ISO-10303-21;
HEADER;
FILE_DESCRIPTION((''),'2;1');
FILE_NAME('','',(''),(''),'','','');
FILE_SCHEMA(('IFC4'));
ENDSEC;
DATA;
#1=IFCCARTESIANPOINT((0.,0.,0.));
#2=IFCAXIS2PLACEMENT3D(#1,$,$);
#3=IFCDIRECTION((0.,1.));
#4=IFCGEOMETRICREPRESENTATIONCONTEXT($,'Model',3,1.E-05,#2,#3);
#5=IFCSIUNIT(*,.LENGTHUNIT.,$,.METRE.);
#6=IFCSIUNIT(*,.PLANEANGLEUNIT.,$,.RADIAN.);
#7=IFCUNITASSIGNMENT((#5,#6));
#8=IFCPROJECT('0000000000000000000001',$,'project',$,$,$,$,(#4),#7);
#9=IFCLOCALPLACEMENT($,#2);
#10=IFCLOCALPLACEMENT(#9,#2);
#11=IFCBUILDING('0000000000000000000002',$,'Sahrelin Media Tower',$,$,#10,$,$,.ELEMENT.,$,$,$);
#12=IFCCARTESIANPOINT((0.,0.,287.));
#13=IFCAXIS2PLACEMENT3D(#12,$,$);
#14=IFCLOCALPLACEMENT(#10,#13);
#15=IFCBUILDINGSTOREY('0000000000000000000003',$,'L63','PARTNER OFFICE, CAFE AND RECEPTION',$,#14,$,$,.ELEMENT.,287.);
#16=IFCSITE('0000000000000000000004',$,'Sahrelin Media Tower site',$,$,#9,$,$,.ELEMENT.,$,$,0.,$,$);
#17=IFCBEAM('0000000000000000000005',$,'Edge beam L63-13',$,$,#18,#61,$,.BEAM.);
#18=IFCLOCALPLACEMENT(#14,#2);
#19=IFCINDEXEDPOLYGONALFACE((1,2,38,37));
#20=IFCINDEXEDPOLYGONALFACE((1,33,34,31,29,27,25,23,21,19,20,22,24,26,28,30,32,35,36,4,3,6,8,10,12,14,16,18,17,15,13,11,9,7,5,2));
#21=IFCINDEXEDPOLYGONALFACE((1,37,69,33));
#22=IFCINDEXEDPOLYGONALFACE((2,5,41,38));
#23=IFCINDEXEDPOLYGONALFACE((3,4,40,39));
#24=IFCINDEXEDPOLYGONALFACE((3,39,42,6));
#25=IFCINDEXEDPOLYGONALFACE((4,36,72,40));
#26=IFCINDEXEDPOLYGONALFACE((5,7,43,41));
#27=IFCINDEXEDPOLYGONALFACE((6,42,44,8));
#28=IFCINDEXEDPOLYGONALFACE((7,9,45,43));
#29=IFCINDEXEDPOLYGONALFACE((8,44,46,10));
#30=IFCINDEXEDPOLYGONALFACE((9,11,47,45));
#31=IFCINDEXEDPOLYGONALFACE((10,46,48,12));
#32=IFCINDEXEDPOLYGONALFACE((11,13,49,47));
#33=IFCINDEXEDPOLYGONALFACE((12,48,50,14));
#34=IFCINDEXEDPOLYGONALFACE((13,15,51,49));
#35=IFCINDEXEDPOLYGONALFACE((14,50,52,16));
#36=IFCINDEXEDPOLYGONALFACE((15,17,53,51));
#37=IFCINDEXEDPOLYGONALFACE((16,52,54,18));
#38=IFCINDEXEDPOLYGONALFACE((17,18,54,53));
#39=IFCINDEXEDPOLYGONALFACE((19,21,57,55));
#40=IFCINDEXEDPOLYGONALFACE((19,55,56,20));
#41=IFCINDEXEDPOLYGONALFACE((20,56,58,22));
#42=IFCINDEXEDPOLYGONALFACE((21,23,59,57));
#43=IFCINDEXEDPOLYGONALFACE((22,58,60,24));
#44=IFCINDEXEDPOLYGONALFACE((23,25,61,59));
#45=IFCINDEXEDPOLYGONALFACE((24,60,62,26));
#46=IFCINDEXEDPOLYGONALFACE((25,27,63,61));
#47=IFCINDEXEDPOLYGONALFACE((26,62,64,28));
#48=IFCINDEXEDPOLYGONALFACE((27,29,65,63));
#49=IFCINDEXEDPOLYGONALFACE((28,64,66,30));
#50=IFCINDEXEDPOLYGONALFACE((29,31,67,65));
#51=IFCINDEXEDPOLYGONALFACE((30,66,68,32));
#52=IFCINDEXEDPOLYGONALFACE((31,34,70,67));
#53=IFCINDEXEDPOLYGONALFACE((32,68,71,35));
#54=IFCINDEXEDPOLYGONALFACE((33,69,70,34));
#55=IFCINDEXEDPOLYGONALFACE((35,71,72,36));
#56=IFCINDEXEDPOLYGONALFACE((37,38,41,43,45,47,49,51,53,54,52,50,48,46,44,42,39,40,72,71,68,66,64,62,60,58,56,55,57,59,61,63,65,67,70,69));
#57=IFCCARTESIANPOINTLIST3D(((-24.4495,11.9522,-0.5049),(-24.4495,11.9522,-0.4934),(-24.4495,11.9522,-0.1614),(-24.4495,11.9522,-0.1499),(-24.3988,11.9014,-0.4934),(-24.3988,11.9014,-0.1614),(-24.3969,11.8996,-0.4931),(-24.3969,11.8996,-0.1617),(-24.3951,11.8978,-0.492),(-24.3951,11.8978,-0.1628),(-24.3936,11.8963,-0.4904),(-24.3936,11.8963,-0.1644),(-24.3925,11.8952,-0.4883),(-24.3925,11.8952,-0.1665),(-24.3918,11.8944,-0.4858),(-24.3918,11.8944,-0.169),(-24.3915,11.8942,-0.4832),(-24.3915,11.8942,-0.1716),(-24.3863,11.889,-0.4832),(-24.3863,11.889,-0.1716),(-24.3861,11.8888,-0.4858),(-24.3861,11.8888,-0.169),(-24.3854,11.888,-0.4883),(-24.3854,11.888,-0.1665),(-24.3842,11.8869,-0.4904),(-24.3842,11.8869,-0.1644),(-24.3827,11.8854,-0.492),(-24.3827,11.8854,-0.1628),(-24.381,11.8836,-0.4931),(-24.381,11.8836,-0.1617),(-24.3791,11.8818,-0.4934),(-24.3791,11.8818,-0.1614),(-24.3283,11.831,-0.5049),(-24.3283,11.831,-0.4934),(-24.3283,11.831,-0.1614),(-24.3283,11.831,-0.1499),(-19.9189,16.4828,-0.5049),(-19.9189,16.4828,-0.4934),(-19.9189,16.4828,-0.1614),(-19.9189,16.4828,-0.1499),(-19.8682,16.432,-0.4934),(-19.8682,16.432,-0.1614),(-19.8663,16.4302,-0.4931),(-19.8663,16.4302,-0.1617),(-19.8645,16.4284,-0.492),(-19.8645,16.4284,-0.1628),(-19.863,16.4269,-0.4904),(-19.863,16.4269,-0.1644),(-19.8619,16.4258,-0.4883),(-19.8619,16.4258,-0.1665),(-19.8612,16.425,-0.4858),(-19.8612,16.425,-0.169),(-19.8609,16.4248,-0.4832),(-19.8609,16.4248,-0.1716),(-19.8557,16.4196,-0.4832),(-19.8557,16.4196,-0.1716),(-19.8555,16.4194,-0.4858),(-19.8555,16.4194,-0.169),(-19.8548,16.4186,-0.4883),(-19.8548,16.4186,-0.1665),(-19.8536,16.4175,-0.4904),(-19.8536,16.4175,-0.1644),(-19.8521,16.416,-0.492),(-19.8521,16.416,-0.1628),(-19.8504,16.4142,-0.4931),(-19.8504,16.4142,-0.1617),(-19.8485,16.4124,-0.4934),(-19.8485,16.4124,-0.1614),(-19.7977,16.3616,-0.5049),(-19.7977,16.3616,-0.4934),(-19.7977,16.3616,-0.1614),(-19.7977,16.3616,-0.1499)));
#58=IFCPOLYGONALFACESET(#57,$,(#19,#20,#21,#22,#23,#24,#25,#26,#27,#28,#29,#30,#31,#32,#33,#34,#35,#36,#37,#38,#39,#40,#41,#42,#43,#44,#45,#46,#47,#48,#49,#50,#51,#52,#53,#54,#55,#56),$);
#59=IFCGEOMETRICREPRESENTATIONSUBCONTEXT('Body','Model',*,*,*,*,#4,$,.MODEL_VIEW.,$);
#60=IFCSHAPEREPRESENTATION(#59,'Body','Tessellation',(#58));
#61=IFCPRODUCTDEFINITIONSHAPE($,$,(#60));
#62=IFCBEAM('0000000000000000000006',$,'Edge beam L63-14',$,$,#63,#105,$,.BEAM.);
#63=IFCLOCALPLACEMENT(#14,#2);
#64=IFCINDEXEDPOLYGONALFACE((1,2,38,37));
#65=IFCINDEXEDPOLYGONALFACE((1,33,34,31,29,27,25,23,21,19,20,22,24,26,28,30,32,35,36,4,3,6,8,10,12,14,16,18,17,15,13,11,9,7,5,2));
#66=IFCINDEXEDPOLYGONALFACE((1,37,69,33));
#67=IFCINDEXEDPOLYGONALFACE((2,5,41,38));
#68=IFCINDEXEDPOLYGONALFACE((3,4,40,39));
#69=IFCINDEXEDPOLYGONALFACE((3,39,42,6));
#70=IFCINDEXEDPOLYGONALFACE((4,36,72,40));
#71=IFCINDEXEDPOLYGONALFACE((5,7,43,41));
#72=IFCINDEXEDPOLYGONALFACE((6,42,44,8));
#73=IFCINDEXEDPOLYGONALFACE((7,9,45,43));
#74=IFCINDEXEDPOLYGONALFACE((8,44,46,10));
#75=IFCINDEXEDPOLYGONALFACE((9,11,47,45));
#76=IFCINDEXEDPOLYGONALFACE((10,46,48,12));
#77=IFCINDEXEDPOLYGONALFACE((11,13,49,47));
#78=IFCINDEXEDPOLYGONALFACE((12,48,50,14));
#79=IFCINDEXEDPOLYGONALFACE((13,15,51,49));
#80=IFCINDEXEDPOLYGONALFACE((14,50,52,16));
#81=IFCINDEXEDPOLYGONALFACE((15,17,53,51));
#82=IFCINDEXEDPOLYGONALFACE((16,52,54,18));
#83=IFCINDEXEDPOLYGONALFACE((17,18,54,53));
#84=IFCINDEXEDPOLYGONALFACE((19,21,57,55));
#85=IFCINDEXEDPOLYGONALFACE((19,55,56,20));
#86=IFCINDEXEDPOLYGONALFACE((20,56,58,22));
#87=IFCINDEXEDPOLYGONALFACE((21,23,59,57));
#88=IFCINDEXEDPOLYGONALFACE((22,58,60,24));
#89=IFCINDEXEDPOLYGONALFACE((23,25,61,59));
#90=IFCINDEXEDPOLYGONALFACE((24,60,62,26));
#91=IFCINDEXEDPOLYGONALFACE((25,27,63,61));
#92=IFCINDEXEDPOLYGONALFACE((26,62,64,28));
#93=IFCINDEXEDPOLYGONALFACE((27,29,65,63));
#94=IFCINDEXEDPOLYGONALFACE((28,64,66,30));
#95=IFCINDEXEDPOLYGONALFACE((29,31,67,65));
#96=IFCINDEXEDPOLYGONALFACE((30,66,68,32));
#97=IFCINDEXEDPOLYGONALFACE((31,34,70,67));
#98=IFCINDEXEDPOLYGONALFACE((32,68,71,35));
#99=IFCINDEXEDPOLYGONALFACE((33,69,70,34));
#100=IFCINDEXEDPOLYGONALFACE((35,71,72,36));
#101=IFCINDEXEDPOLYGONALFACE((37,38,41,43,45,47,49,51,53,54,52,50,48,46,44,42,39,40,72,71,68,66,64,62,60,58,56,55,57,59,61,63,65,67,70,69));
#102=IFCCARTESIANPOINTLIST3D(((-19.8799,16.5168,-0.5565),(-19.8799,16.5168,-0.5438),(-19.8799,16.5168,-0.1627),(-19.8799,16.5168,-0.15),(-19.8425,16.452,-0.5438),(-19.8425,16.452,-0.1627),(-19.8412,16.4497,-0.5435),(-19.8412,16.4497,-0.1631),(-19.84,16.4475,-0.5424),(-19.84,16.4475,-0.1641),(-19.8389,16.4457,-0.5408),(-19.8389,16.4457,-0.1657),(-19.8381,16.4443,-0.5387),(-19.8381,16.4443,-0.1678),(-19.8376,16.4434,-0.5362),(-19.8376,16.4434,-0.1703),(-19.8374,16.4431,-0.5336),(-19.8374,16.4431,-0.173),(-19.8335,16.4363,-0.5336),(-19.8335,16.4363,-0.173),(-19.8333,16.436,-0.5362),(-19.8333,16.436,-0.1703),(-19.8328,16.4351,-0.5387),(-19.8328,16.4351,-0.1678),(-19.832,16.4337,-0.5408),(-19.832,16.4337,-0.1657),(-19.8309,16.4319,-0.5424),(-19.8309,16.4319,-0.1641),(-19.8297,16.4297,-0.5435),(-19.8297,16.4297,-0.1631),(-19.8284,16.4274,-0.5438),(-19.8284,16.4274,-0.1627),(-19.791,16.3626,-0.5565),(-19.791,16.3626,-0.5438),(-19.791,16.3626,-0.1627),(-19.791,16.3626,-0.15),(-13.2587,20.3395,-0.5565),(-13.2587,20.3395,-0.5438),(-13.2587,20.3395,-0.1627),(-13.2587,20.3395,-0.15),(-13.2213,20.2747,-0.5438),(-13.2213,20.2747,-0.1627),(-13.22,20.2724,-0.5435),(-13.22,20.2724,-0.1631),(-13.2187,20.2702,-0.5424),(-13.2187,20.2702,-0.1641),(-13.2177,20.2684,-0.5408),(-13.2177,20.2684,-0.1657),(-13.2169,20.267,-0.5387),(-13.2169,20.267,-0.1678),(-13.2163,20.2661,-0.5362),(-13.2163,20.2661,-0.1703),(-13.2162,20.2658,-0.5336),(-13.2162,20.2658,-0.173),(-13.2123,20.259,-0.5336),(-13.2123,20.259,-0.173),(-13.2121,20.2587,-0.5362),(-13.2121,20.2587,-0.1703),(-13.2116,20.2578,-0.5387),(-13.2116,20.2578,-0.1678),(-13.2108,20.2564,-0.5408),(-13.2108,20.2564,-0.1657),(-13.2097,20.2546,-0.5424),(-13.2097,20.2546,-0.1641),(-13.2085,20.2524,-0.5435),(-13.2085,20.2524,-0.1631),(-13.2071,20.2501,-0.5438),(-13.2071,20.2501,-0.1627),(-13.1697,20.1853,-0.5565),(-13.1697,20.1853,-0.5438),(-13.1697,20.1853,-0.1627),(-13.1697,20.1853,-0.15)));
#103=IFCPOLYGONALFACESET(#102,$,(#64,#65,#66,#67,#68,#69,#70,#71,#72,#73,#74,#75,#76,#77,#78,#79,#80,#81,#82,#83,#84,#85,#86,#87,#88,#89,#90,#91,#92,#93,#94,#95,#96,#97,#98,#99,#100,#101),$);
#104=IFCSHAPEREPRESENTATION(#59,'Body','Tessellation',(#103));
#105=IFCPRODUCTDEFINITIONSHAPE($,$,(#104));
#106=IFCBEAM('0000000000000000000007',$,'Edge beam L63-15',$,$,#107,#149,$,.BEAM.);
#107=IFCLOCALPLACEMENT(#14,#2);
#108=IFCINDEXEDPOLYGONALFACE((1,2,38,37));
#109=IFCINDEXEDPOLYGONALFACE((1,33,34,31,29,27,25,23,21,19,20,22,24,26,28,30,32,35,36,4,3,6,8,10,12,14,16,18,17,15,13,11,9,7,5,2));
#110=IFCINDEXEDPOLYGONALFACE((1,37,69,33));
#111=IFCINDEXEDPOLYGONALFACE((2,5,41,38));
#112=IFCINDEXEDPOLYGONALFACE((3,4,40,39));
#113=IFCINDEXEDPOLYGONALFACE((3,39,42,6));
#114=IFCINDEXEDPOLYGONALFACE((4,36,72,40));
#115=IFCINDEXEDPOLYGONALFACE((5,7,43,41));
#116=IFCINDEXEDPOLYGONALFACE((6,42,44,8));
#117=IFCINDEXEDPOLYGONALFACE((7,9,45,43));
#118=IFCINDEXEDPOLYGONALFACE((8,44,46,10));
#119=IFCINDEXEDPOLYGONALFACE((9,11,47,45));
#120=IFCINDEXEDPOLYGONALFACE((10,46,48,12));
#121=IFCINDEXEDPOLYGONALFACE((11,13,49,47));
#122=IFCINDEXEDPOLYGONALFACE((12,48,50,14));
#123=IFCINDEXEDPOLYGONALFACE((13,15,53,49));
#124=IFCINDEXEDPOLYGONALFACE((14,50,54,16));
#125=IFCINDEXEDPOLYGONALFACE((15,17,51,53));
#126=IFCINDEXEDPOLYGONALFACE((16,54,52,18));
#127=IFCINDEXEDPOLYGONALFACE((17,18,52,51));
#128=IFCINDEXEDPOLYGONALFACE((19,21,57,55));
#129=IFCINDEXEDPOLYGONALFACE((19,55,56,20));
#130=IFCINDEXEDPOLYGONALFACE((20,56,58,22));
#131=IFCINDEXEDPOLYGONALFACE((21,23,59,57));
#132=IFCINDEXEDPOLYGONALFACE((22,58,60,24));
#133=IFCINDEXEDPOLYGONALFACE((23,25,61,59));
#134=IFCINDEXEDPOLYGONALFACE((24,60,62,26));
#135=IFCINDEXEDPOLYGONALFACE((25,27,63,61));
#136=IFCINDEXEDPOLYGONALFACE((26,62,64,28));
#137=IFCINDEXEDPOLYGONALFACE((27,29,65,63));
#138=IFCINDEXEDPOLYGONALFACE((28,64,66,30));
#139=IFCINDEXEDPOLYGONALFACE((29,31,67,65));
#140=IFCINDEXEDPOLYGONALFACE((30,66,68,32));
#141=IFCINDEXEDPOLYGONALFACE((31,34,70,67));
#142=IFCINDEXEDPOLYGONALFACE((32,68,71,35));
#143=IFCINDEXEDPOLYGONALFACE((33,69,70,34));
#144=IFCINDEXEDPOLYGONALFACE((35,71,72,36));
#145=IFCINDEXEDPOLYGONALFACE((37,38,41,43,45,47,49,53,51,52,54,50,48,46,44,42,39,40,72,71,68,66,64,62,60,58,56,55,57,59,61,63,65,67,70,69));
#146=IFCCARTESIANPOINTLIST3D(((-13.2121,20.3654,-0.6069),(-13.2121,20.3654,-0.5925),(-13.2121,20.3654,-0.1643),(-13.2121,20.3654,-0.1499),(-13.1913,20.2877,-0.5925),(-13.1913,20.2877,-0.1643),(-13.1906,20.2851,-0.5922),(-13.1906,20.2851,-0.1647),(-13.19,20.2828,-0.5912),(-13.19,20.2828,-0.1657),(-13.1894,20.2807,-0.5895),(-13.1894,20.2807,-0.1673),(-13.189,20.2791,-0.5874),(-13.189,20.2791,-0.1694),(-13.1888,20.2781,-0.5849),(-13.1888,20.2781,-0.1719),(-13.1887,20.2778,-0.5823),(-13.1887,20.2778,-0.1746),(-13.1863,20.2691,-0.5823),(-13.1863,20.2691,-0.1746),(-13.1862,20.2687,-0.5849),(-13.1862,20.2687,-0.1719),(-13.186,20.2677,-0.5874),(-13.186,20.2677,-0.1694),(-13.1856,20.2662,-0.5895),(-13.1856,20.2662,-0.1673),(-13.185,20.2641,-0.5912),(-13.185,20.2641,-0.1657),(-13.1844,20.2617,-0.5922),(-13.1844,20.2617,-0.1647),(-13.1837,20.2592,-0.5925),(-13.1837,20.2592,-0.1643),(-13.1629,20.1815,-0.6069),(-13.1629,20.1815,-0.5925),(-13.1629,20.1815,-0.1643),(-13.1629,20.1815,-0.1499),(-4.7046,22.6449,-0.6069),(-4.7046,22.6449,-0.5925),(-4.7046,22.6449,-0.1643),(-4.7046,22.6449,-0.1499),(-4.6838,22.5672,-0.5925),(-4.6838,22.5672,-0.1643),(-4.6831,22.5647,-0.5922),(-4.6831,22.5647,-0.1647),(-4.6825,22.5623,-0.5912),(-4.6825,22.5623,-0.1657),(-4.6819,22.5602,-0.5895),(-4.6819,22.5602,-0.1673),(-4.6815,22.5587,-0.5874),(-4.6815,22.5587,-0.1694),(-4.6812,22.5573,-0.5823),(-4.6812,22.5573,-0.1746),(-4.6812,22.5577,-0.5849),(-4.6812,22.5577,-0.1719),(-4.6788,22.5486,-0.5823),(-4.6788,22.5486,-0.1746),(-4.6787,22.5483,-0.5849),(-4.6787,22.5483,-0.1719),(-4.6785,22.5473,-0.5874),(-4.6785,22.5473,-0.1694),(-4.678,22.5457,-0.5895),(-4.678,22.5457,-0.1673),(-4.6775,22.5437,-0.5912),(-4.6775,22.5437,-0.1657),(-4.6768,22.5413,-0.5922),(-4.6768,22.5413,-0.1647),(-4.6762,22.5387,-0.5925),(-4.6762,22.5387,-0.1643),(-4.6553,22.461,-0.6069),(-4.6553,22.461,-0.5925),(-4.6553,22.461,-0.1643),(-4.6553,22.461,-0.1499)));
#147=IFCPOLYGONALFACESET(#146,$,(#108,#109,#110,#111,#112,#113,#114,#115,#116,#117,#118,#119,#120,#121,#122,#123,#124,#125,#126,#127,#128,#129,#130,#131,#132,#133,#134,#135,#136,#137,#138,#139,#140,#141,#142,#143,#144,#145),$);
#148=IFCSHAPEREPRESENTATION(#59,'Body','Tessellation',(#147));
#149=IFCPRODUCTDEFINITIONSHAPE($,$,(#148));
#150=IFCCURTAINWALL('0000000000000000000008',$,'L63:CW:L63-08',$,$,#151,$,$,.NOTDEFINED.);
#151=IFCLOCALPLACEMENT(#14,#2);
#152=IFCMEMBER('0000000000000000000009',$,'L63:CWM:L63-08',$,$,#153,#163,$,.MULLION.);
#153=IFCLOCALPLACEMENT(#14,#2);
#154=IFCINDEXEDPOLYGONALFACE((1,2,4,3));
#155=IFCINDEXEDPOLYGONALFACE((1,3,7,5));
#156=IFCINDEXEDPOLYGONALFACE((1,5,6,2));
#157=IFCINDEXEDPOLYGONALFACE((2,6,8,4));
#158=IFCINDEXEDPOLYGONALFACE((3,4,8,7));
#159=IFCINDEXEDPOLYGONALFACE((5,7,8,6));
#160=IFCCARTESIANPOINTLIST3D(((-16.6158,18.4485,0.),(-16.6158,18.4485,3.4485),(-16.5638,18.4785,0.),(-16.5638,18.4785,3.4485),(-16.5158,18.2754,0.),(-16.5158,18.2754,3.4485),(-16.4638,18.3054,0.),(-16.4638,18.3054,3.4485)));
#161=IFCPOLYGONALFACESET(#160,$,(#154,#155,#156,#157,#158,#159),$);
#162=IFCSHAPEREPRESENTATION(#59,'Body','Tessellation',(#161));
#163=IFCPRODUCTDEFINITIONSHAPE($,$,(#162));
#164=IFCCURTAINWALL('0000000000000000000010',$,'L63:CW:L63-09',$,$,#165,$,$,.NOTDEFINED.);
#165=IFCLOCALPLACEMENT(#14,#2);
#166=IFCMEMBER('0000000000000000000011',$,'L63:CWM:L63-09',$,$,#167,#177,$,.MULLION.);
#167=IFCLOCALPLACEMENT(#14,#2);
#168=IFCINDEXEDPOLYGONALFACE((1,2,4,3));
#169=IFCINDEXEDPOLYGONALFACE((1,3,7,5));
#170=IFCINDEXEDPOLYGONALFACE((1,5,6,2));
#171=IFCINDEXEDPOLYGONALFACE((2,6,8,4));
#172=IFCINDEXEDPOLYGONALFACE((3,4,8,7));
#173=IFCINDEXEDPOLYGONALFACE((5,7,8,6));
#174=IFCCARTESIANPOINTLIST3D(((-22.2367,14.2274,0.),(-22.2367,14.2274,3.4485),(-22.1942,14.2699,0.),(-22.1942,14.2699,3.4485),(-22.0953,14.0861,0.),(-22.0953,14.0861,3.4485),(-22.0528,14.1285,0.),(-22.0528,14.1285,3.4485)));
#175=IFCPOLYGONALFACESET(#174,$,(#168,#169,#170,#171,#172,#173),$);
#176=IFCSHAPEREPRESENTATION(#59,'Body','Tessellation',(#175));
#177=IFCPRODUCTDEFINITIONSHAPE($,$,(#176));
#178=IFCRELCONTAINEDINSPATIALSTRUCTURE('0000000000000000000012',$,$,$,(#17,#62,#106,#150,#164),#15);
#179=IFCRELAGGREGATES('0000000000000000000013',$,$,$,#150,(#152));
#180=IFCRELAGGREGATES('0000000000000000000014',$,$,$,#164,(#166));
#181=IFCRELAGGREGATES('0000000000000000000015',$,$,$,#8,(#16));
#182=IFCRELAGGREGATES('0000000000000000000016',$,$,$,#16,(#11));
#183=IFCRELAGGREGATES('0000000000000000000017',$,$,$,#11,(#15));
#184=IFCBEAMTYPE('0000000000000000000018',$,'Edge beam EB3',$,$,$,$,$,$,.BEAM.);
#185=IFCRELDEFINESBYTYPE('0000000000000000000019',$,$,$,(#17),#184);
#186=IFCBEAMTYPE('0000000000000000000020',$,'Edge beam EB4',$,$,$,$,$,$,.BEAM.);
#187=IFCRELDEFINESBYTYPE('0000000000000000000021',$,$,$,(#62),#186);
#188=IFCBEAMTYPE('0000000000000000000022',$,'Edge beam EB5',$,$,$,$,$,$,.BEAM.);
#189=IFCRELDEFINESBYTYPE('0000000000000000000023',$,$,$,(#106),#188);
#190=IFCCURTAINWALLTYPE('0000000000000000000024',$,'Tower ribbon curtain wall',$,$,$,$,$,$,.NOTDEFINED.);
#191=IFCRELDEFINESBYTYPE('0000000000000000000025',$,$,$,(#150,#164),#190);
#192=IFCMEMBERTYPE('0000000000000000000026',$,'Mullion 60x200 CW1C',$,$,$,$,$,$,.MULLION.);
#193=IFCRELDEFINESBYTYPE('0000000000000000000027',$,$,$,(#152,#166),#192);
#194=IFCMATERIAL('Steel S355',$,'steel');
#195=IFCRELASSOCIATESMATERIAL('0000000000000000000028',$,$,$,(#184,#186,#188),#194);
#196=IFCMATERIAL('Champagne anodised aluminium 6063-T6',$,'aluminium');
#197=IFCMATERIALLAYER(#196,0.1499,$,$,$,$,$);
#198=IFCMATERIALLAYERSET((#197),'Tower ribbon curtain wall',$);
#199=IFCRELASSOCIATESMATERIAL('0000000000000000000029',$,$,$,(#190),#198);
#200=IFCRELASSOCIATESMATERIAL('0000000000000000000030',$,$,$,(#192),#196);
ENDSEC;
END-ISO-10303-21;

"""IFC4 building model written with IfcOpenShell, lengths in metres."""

from ifc_helpers import new_model, si_unit, direction, frame, origin, origin_2d, place, context, subcontext, project, spatial, rectangle, i_section, extrude, material, layer, layer_set, material_profile, profile_set, type_object, element, aggregate, save


model = new_model("IFC4")

# Units and contexts
model_context = context("Model", 3, precision=1e-05, world=origin(), true_north=direction((0.0, 1.0)))
body_context = subcontext(model_context, "Body", "Model", "MODEL_VIEW")
ifc_project = project(units=[si_unit("LENGTHUNIT", "METRE"), si_unit("PLANEANGLEUNIT", "RADIAN")], contexts=[model_context])

# Site, building, storey
site_placement = place(None, origin())
site = spatial("IfcSite", under=ifc_project, at=site_placement, Name="Sahrelin Media Tower site", CompositionType="ELEMENT", RefElevation=0.0)
building_placement = place(site_placement, origin())
building = spatial("IfcBuilding", under=site, at=building_placement, Name="Sahrelin Media Tower", CompositionType="ELEMENT")
storey_placement = place(building_placement, frame((0.0, 0.0, 287.0)))
storey = spatial("IfcBuildingStorey", under=building, at=storey_placement, Name="L63", Description="PARTNER OFFICE, CAFE AND RECEPTION", CompositionType="ELEMENT", Elevation=287.0)

# Beams
ifc_material_1 = material(Name="Steel S355", Category="steel")
ifc_material_profile_1 = material_profile(ifc_material_1, i_section(OverallWidth=0.1714, OverallDepth=0.355, WebThickness=0.0073, FlangeThickness=0.0115, FilletRadius=0.0103, at=origin_2d()), Name="UB 356x171x51")
ifc_profile_set_1 = profile_set([ifc_material_profile_1], Name="Steel S355")
beam_type_1 = type_object("IfcBeamType", Name="Edge beam EB3", PredefinedType="BEAM", material=ifc_profile_set_1)
beam_1_placement = place(storey_placement, frame((-24.3889, 11.8916, -0.3274), z_axis=(0.707107, 0.707107, 0.0), x_axis=(-0.707107, 0.707107, 0.0)))
element("IfcBeam", 1, at=beam_1_placement, inside=storey, type_object=beam_type_1, Name="Edge beam L63-13", PredefinedType="BEAM", context=body_context, shape_type="SweptSolid", body=[
    extrude(i_section(OverallWidth=0.1714, OverallDepth=0.355, WebThickness=0.0073, FlangeThickness=0.0115, FilletRadius=0.0103, at=origin_2d()), origin(), (0.0, 0.0, 1.0), 6.4072),
])
ifc_material_profile_2 = material_profile(ifc_material_1, i_section(OverallWidth=0.178, OverallDepth=0.4065, WebThickness=0.0078, FlangeThickness=0.0127, FilletRadius=0.0103, at=origin_2d()), Name="UB 406x178x60")
ifc_profile_set_2 = profile_set([ifc_material_profile_2], Name="Steel S355")
beam_type_2 = type_object("IfcBeamType", Name="Edge beam EB4", PredefinedType="BEAM", material=ifc_profile_set_2)
beam_2_placement = place(storey_placement, frame((-19.8354, 16.4397, -0.3533), z_axis=(0.86603, 0.499992, 0.0), x_axis=(-0.499992, 0.86603, 0.0)))
element("IfcBeam", 2, at=beam_2_placement, inside=storey, type_object=beam_type_2, Name="Edge beam L63-14", PredefinedType="BEAM", context=body_context, shape_type="SweptSolid", body=[
    extrude(i_section(OverallWidth=0.178, OverallDepth=0.4065, WebThickness=0.0078, FlangeThickness=0.0127, FilletRadius=0.0103, at=origin_2d()), origin(), (0.0, 0.0, 1.0), 7.6455),
])
ifc_material_profile_3 = material_profile(ifc_material_1, i_section(OverallWidth=0.1904, OverallDepth=0.457, WebThickness=0.009, FlangeThickness=0.0144, FilletRadius=0.0103, at=origin_2d()), Name="UB 457x191x74")
ifc_profile_set_3 = profile_set([ifc_material_profile_3], Name="Steel S355")
beam_type_3 = type_object("IfcBeamType", Name="Edge beam EB5", PredefinedType="BEAM", material=ifc_profile_set_3)
beam_3_placement = place(storey_placement, frame((-13.1875, 20.2734, -0.3784), z_axis=(0.965927, 0.258813, 0.0), x_axis=(-0.258813, 0.965927, 0.0)))
element("IfcBeam", 3, at=beam_3_placement, inside=storey, type_object=beam_type_3, Name="Edge beam L63-15", PredefinedType="BEAM", context=body_context, shape_type="SweptSolid", body=[
    extrude(i_section(OverallWidth=0.1904, OverallDepth=0.457, WebThickness=0.009, FlangeThickness=0.0144, FilletRadius=0.0103, at=origin_2d()), origin(), (0.0, 0.0, 1.0), 8.8076),
])

# Curtain walls, members
ifc_material_2 = material(Name="Champagne anodised aluminium 6063-T6", Category="aluminium")
ifc_layer_1 = layer(ifc_material_2, 0.1499)
ifc_layer_set_1 = layer_set([ifc_layer_1], Name="Tower ribbon curtain wall")
curtain_wall_type = type_object("IfcCurtainWallType", Name="Tower ribbon curtain wall", PredefinedType="NOTDEFINED", material=ifc_layer_set_1)
curtain_wall_1_placement = place(storey_placement, frame((-16.5999, 18.481, 0.0), z_axis=(0.0, 0.0, 1.0), x_axis=(1.0, 0.0, 0.0)))
curtain_wall_1 = element("IfcCurtainWall", 4, at=curtain_wall_1_placement, inside=storey, type_object=curtain_wall_type, Name="L63:CW:L63-08", PredefinedType="NOTDEFINED")
ifc_material_profile_4 = material_profile(ifc_material_2, rectangle(XDim=0.0601, YDim=0.2, at=origin_2d()), Name="Mullion 60x200")
ifc_profile_set_4 = profile_set([ifc_material_profile_4], Name="Champagne anodised aluminium 6063-T6")
member_type_1 = type_object("IfcMemberType", Name="Mullion 60x200 CW1C", PredefinedType="MULLION", material=ifc_profile_set_4)
member_1_placement = place(storey_placement, frame((-16.5398, 18.377, 0.0), z_axis=(0.0, 0.0, 1.0), x_axis=(-0.866025, -0.5, 0.0)))
member_1 = element("IfcMember", 5, at=member_1_placement, type_object=member_type_1, Name="L63:CWM:L63-08", PredefinedType="MULLION", context=body_context, shape_type="SweptSolid", body=[
    extrude(rectangle(XDim=0.0601, YDim=0.2, at=origin_2d()), origin(), (0.0, 0.0, 1.0), 3.4485),
])
curtain_wall_2_placement = place(storey_placement, frame((-22.2295, 14.2629, 0.0), z_axis=(0.0, 0.0, 1.0), x_axis=(1.0, 0.0, 0.0)))
curtain_wall_2 = element("IfcCurtainWall", 6, at=curtain_wall_2_placement, inside=storey, type_object=curtain_wall_type, Name="L63:CW:L63-09", PredefinedType="NOTDEFINED")
member_2_placement = place(storey_placement, frame((-22.1448, 14.178, 0.0), z_axis=(0.0, 0.0, 1.0), x_axis=(-0.707099, -0.707114, 0.0)))
member_2 = element("IfcMember", 7, at=member_2_placement, type_object=member_type_1, Name="L63:CWM:L63-09", PredefinedType="MULLION", context=body_context, shape_type="SweptSolid", body=[
    extrude(rectangle(XDim=0.0601, YDim=0.2, at=origin_2d()), origin(), (0.0, 0.0, 1.0), 3.4485),
])

aggregate(curtain_wall_1, [member_1])
aggregate(curtain_wall_2, [member_2])

save(model, "model.ifc")
